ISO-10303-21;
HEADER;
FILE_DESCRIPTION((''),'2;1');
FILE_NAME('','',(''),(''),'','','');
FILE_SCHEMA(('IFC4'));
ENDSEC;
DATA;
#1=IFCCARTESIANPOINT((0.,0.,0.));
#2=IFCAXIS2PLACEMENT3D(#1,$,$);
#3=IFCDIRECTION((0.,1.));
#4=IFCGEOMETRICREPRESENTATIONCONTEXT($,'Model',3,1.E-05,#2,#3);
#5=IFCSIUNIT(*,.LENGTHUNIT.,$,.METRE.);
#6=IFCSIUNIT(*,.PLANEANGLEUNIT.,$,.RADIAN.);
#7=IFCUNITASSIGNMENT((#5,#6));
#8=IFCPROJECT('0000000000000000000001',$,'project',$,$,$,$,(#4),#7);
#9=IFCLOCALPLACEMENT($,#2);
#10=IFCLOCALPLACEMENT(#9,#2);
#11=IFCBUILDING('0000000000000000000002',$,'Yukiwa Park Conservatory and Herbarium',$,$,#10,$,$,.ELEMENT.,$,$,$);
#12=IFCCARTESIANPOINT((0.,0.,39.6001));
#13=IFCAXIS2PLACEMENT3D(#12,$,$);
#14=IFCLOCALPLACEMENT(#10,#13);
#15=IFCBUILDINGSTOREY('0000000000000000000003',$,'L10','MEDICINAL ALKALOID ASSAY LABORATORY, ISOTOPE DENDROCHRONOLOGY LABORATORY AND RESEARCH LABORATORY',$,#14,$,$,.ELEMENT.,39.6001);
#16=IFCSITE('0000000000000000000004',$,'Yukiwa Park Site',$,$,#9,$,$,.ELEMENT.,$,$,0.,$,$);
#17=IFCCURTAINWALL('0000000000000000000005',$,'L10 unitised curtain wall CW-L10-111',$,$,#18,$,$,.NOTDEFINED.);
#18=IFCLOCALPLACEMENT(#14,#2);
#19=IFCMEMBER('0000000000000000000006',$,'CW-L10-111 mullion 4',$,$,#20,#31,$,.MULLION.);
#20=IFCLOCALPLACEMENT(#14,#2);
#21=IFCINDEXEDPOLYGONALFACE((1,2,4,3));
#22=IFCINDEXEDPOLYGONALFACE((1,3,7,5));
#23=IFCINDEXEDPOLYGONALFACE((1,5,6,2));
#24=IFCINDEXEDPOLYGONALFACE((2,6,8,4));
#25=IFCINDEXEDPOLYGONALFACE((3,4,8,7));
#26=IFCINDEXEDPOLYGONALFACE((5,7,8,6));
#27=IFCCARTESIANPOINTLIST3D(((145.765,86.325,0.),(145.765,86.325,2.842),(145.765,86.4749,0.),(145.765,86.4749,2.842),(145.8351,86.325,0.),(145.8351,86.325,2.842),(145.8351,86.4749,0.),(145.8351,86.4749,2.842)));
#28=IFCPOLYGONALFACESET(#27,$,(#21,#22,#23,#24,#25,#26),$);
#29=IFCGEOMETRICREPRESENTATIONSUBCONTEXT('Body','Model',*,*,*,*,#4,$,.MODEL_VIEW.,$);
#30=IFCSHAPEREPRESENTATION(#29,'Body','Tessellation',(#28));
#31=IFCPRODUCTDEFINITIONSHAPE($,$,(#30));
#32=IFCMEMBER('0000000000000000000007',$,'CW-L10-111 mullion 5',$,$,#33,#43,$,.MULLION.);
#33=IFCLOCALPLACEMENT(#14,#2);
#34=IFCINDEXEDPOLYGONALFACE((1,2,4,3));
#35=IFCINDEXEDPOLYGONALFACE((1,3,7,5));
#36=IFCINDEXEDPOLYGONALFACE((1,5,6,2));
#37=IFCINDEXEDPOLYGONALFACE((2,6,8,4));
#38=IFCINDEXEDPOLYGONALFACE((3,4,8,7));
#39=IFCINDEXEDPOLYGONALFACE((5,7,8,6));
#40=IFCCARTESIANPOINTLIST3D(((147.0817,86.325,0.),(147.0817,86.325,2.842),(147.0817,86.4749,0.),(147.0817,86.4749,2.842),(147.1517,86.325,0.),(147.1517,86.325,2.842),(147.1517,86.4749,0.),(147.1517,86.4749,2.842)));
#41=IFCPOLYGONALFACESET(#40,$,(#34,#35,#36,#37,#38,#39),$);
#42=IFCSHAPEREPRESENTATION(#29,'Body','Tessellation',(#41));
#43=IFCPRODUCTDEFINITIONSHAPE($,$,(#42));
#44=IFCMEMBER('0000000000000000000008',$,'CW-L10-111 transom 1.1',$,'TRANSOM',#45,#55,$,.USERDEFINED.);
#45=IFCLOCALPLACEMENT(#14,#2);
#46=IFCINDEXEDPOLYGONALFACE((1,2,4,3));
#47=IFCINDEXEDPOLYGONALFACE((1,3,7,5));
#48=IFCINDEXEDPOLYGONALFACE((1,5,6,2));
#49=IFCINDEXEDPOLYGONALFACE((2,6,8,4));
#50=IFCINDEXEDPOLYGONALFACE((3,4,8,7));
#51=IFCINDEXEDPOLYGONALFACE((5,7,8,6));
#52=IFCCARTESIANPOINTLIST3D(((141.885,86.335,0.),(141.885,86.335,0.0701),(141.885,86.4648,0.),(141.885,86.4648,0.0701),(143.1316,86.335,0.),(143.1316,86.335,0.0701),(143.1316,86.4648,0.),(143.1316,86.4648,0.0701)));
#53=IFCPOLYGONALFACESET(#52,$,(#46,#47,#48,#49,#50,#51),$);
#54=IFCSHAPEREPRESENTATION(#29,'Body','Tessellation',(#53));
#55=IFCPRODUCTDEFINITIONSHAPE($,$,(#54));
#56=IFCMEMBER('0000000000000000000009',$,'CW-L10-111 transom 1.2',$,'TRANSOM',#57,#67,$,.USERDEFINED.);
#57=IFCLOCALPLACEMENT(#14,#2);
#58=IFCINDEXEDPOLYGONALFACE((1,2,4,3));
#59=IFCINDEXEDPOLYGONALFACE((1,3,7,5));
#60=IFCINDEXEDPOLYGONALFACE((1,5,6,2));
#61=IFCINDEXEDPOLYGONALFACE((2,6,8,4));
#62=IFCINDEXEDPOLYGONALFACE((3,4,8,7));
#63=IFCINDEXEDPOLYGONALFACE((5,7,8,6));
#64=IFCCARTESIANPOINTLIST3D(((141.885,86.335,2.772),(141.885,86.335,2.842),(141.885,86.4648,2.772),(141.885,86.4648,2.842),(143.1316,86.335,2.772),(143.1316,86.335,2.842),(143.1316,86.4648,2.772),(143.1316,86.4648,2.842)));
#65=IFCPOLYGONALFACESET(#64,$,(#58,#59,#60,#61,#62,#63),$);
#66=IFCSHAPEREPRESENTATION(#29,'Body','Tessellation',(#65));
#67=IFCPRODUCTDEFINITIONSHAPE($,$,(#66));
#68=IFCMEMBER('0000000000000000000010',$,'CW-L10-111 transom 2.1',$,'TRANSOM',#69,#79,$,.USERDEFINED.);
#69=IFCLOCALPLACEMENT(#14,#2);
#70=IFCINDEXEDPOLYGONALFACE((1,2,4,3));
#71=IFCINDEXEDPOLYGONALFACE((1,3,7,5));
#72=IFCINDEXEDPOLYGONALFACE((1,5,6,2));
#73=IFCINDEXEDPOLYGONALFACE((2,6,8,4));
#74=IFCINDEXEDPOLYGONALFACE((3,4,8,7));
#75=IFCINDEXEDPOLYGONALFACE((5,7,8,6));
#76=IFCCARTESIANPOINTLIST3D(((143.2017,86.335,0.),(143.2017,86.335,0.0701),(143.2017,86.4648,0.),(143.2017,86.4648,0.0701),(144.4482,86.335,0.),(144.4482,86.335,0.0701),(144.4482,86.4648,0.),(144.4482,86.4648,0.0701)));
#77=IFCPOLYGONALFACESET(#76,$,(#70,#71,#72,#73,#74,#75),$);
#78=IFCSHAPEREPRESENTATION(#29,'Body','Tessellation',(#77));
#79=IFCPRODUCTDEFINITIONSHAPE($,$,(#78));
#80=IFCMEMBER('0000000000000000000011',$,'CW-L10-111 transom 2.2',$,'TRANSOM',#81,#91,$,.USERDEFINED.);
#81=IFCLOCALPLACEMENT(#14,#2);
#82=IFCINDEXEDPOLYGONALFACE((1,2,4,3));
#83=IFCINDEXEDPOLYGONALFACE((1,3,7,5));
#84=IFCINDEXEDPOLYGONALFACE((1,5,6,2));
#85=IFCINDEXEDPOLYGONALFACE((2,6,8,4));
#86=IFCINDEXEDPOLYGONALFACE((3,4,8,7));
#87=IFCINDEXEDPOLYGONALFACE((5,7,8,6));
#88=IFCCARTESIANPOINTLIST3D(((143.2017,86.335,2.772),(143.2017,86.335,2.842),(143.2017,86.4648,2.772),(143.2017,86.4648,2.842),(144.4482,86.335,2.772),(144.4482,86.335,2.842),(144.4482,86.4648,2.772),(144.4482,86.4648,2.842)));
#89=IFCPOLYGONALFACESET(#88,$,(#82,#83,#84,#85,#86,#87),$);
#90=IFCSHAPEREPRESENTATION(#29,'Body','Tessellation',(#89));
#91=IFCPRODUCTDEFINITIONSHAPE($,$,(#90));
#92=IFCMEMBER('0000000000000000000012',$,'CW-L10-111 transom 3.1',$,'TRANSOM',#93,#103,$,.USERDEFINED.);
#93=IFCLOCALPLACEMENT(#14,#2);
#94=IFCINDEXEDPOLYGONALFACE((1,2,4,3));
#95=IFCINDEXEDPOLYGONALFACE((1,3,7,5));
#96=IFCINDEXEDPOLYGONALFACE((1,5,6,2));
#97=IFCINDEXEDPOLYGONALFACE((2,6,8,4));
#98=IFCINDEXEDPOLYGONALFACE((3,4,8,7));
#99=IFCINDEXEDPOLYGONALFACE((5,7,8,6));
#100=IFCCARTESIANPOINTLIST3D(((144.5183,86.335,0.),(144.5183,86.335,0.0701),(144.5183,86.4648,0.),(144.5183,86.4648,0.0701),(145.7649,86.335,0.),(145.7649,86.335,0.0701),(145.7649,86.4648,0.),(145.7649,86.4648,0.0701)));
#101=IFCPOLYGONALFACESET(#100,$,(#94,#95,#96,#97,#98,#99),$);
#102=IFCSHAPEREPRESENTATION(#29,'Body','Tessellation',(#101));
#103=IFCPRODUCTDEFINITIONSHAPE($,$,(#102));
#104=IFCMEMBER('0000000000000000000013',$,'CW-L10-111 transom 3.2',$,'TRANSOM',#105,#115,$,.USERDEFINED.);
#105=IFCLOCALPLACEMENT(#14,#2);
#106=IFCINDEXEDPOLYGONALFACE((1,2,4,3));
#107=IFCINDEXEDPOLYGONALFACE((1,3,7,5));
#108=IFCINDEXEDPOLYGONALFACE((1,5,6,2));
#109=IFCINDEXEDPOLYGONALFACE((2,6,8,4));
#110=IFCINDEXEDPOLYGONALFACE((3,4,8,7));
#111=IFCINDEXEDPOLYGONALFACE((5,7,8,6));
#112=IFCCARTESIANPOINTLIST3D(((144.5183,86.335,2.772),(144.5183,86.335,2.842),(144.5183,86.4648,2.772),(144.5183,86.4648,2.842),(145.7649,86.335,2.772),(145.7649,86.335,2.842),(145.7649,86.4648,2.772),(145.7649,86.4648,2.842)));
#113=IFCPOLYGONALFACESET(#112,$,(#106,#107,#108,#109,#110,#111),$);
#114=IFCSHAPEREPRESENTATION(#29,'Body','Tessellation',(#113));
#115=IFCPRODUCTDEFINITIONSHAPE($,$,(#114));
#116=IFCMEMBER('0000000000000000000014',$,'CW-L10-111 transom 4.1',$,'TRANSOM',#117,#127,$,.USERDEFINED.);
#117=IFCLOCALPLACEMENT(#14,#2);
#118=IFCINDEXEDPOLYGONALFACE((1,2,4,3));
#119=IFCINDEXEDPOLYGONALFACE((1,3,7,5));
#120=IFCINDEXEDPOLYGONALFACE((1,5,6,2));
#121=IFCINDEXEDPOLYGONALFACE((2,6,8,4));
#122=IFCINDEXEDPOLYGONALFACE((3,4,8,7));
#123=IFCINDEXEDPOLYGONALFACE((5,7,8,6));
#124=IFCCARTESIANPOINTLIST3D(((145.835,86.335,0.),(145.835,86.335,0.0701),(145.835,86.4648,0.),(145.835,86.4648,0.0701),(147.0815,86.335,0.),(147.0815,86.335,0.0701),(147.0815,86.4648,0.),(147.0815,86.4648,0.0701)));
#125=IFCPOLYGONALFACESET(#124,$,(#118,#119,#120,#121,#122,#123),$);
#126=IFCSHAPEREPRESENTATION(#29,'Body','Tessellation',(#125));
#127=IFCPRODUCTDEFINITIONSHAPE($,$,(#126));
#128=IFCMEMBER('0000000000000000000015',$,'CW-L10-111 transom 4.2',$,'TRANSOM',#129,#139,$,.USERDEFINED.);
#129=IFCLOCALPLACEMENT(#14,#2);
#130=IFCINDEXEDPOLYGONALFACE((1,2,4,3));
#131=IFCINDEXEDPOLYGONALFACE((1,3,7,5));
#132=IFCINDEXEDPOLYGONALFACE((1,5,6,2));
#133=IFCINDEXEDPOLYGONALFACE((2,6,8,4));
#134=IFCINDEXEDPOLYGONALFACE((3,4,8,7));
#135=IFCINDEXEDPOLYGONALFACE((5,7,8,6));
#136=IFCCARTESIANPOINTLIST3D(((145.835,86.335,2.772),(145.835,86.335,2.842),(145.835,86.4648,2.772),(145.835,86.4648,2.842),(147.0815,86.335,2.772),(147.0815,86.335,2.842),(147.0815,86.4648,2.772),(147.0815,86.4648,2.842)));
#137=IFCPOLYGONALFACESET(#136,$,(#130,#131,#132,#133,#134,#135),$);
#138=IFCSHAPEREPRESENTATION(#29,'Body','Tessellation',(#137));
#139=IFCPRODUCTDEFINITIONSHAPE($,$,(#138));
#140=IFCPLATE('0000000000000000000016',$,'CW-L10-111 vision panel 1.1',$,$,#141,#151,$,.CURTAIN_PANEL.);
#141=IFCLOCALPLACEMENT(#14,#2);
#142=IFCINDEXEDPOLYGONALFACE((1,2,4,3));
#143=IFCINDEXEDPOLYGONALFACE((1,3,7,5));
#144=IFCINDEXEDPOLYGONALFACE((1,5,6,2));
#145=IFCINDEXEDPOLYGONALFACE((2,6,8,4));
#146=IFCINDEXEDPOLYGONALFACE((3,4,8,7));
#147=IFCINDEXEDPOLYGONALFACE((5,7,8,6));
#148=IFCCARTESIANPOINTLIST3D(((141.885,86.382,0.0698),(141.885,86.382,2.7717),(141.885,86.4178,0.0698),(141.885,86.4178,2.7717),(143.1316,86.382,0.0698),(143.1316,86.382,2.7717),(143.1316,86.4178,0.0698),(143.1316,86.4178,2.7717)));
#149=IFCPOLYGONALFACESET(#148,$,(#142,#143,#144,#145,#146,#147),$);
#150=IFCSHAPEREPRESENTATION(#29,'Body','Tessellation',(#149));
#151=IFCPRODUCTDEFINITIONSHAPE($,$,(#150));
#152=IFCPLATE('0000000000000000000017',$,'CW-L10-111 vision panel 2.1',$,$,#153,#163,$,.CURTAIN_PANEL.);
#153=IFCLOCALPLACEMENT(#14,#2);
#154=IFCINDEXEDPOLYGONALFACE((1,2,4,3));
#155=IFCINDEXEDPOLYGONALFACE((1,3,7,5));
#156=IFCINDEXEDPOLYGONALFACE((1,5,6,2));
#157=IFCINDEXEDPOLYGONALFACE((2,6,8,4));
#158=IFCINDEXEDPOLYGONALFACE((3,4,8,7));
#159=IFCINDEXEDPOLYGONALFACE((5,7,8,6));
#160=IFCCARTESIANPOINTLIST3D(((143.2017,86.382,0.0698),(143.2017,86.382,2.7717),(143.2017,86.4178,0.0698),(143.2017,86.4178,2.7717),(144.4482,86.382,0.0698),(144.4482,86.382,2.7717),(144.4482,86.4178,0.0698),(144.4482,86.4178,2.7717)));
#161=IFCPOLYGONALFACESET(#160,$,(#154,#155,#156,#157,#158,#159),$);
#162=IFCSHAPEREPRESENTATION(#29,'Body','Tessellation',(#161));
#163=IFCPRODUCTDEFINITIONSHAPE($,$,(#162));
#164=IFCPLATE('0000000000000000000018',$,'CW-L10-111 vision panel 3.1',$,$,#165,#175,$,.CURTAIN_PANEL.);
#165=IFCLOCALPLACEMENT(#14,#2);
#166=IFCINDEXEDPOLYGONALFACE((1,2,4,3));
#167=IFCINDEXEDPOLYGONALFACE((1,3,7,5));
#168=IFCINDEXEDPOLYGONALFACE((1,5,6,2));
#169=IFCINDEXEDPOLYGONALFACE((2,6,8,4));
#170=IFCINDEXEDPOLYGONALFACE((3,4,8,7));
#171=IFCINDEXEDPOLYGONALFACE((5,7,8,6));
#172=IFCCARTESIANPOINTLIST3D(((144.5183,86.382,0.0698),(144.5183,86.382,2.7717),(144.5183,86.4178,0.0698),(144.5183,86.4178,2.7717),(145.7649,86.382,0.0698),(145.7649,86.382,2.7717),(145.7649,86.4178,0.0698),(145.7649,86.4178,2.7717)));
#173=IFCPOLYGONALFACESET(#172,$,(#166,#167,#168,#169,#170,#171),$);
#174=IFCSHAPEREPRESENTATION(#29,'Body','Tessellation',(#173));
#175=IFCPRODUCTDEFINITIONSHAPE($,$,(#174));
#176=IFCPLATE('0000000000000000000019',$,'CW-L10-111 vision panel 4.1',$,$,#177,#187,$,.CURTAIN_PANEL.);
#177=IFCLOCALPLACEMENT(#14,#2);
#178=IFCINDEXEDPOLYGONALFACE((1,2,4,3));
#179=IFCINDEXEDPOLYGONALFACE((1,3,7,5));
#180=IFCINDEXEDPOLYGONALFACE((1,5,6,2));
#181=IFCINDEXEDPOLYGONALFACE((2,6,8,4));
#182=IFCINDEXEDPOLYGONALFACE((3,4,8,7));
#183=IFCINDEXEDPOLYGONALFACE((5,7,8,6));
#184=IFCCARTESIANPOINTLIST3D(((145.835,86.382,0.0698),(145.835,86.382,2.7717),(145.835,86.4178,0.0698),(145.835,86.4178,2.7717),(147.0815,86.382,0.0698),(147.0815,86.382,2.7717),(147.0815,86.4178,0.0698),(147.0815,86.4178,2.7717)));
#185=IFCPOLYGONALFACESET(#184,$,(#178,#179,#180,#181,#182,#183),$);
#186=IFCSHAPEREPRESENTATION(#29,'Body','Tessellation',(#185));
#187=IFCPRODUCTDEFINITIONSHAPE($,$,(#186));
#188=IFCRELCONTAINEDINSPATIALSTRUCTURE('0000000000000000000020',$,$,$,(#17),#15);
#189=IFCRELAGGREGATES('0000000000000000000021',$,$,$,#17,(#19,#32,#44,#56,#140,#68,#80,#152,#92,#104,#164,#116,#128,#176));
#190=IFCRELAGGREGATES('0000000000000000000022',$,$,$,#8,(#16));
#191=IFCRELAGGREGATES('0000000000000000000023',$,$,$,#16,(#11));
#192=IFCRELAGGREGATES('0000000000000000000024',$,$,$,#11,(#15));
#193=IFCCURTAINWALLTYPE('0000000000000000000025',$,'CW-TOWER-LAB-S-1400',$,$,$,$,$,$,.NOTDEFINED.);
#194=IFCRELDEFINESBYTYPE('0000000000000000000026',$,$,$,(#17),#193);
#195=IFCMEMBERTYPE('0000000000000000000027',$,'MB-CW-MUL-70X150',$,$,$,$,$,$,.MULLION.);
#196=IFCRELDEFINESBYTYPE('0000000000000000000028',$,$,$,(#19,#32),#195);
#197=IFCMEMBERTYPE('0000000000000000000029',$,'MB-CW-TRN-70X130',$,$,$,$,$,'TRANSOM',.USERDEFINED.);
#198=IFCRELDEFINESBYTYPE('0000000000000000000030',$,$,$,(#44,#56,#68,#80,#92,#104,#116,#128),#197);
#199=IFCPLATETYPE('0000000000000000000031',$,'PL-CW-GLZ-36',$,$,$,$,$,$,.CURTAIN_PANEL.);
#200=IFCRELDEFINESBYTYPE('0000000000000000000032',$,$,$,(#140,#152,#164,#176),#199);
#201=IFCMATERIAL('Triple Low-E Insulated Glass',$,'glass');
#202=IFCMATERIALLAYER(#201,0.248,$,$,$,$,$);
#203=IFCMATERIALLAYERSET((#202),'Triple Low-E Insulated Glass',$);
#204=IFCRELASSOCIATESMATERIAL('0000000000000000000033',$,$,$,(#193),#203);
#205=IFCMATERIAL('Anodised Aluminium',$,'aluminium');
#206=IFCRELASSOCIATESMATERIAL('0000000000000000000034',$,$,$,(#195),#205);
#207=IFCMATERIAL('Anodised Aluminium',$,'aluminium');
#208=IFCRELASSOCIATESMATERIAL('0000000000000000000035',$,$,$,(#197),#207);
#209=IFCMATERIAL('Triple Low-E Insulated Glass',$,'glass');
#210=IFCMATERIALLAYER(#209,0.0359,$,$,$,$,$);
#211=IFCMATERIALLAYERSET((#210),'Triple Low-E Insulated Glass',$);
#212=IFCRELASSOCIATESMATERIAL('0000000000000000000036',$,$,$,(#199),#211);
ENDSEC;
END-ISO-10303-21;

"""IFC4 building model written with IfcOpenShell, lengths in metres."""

from ifc_helpers import new_model, si_unit, direction, frame, origin, origin_2d, place, context, subcontext, project, spatial, rectangle, extrude, material, layer, layer_set, type_object, element, aggregate, save


model = new_model("IFC4")

# Units and contexts
model_context = context("Model", 3, precision=1e-05, world=origin(), true_north=direction((0.0, 1.0)))
body_context = subcontext(model_context, "Body", "Model", "MODEL_VIEW")
ifc_project = project(units=[si_unit("LENGTHUNIT", "METRE"), si_unit("PLANEANGLEUNIT", "RADIAN")], contexts=[model_context])

# Site, building, storey
site_placement = place(None, origin())
site = spatial("IfcSite", under=ifc_project, at=site_placement, Name="Yukiwa Park Site", CompositionType="ELEMENT", RefElevation=0.0)
building_placement = place(site_placement, origin())
building = spatial("IfcBuilding", under=site, at=building_placement, Name="Yukiwa Park Conservatory and Herbarium", CompositionType="ELEMENT")
storey_placement = place(building_placement, frame((0.0, 0.0, 39.6001)))
storey = spatial("IfcBuildingStorey", under=building, at=storey_placement, Name="L10", Description="MEDICINAL ALKALOID ASSAY LABORATORY, ISOTOPE DENDROCHRONOLOGY LABORATORY AND RESEARCH LABORATORY", CompositionType="ELEMENT", Elevation=39.6001)

# Curtain wall, members, plates
ifc_material_1 = material(Name="Triple Low-E Insulated Glass", Category="glass")
ifc_layer_1 = layer(ifc_material_1, 0.248)
ifc_layer_set_1 = layer_set([ifc_layer_1], Name="Triple Low-E Insulated Glass")
curtain_wall_type = type_object("IfcCurtainWallType", Name="CW-TOWER-LAB-S-1400", PredefinedType="NOTDEFINED", material=ifc_layer_set_1)
curtain_wall_placement = place(storey_placement, origin())
curtain_wall = element("IfcCurtainWall", 1, at=curtain_wall_placement, inside=storey, type_object=curtain_wall_type, Name="L10 unitised curtain wall CW-L10-111", PredefinedType="NOTDEFINED")
ifc_material_2 = material(Name="Anodised Aluminium", Category="aluminium")
member_type_1 = type_object("IfcMemberType", Name="MB-CW-MUL-70X150", PredefinedType="MULLION", material=ifc_material_2)
member_1_placement = place(storey_placement, frame((145.8, 86.3999, 0.0), z_axis=(0.0, 0.0, 1.0), x_axis=(1.0, 0.0, 0.0)))
member_1 = element("IfcMember", 2, at=member_1_placement, type_object=member_type_1, Name="CW-L10-111 mullion 4", PredefinedType="MULLION", context=body_context, shape_type="SweptSolid", body=[
    extrude(rectangle(XDim=0.0701, YDim=0.1499, at=origin_2d()), origin(), (0.0, 0.0, 1.0), 2.842),
])
member_2_placement = place(storey_placement, frame((147.1167, 86.3999, 0.0), z_axis=(0.0, 0.0, 1.0), x_axis=(1.0, 0.0, 0.0)))
member_2 = element("IfcMember", 3, at=member_2_placement, type_object=member_type_1, Name="CW-L10-111 mullion 5", PredefinedType="MULLION", context=body_context, shape_type="SweptSolid", body=[
    extrude(rectangle(XDim=0.0701, YDim=0.1499, at=origin_2d()), origin(), (0.0, 0.0, 1.0), 2.842),
])
ifc_material_3 = material(Name="Anodised Aluminium", Category="aluminium")
member_type_2 = type_object("IfcMemberType", Name="MB-CW-TRN-70X130", ElementType="TRANSOM", PredefinedType="USERDEFINED", material=ifc_material_3)
member_3_placement = place(storey_placement, frame((142.5083, 86.3999, 0.0), z_axis=(0.0, 0.0, 1.0), x_axis=(1.0, 0.0, 0.0)))
member_3 = element("IfcMember", 4, at=member_3_placement, type_object=member_type_2, Name="CW-L10-111 transom 1.1", ObjectType="TRANSOM", PredefinedType="USERDEFINED", context=body_context, shape_type="SweptSolid", body=[
    extrude(rectangle(XDim=1.2466, YDim=0.1299, at=origin_2d()), origin(), (0.0, 0.0, 1.0), 0.0701),
])
member_4_placement = place(storey_placement, frame((142.5083, 86.3999, 2.772), z_axis=(0.0, 0.0, 1.0), x_axis=(1.0, 0.0, 0.0)))
member_4 = element("IfcMember", 5, at=member_4_placement, type_object=member_type_2, Name="CW-L10-111 transom 1.2", ObjectType="TRANSOM", PredefinedType="USERDEFINED", context=body_context, shape_type="SweptSolid", body=[
    extrude(rectangle(XDim=1.2466, YDim=0.1299, at=origin_2d()), origin(), (0.0, 0.0, 1.0), 0.0701),
])
member_5_placement = place(storey_placement, frame((143.825, 86.3999, 0.0), z_axis=(0.0, 0.0, 1.0), x_axis=(1.0, 0.0, 0.0)))
member_5 = element("IfcMember", 6, at=member_5_placement, type_object=member_type_2, Name="CW-L10-111 transom 2.1", ObjectType="TRANSOM", PredefinedType="USERDEFINED", context=body_context, shape_type="SweptSolid", body=[
    extrude(rectangle(XDim=1.2466, YDim=0.1299, at=origin_2d()), origin(), (0.0, 0.0, 1.0), 0.0701),
])
member_6_placement = place(storey_placement, frame((143.825, 86.3999, 2.772), z_axis=(0.0, 0.0, 1.0), x_axis=(1.0, 0.0, 0.0)))
member_6 = element("IfcMember", 7, at=member_6_placement, type_object=member_type_2, Name="CW-L10-111 transom 2.2", ObjectType="TRANSOM", PredefinedType="USERDEFINED", context=body_context, shape_type="SweptSolid", body=[
    extrude(rectangle(XDim=1.2466, YDim=0.1299, at=origin_2d()), origin(), (0.0, 0.0, 1.0), 0.0701),
])
member_7_placement = place(storey_placement, frame((145.1416, 86.3999, 0.0), z_axis=(0.0, 0.0, 1.0), x_axis=(1.0, 0.0, 0.0)))
member_7 = element("IfcMember", 8, at=member_7_placement, type_object=member_type_2, Name="CW-L10-111 transom 3.1", ObjectType="TRANSOM", PredefinedType="USERDEFINED", context=body_context, shape_type="SweptSolid", body=[
    extrude(rectangle(XDim=1.2466, YDim=0.1299, at=origin_2d()), origin(), (0.0, 0.0, 1.0), 0.0701),
])
member_8_placement = place(storey_placement, frame((145.1416, 86.3999, 2.772), z_axis=(0.0, 0.0, 1.0), x_axis=(1.0, 0.0, 0.0)))
member_8 = element("IfcMember", 9, at=member_8_placement, type_object=member_type_2, Name="CW-L10-111 transom 3.2", ObjectType="TRANSOM", PredefinedType="USERDEFINED", context=body_context, shape_type="SweptSolid", body=[
    extrude(rectangle(XDim=1.2466, YDim=0.1299, at=origin_2d()), origin(), (0.0, 0.0, 1.0), 0.0701),
])
member_9_placement = place(storey_placement, frame((146.4583, 86.3999, 0.0), z_axis=(0.0, 0.0, 1.0), x_axis=(1.0, 0.0, 0.0)))
member_9 = element("IfcMember", 10, at=member_9_placement, type_object=member_type_2, Name="CW-L10-111 transom 4.1", ObjectType="TRANSOM", PredefinedType="USERDEFINED", context=body_context, shape_type="SweptSolid", body=[
    extrude(rectangle(XDim=1.2466, YDim=0.1299, at=origin_2d()), origin(), (0.0, 0.0, 1.0), 0.0701),
])
member_10_placement = place(storey_placement, frame((146.4583, 86.3999, 2.772), z_axis=(0.0, 0.0, 1.0), x_axis=(1.0, 0.0, 0.0)))
member_10 = element("IfcMember", 11, at=member_10_placement, type_object=member_type_2, Name="CW-L10-111 transom 4.2", ObjectType="TRANSOM", PredefinedType="USERDEFINED", context=body_context, shape_type="SweptSolid", body=[
    extrude(rectangle(XDim=1.2466, YDim=0.1299, at=origin_2d()), origin(), (0.0, 0.0, 1.0), 0.0701),
])
ifc_material_4 = material(Name="Triple Low-E Insulated Glass", Category="glass")
ifc_layer_2 = layer(ifc_material_4, 0.0359)
ifc_layer_set_2 = layer_set([ifc_layer_2], Name="Triple Low-E Insulated Glass")
plate_type_1 = type_object("IfcPlateType", Name="PL-CW-GLZ-36", PredefinedType="CURTAIN_PANEL", material=ifc_layer_set_2)
plate_1_placement = place(storey_placement, frame((142.5083, 86.3999, 0.0698), z_axis=(0.0, 0.0, 1.0), x_axis=(1.0, 0.0, 0.0)))
plate_1 = element("IfcPlate", 12, at=plate_1_placement, type_object=plate_type_1, Name="CW-L10-111 vision panel 1.1", PredefinedType="CURTAIN_PANEL", context=body_context, shape_type="SweptSolid", body=[
    extrude(rectangle(XDim=1.2466, YDim=0.0359, at=origin_2d()), origin(), (0.0, 0.0, 1.0), 2.7019),
])
plate_2_placement = place(storey_placement, frame((143.825, 86.3999, 0.0698), z_axis=(0.0, 0.0, 1.0), x_axis=(1.0, 0.0, 0.0)))
plate_2 = element("IfcPlate", 13, at=plate_2_placement, type_object=plate_type_1, Name="CW-L10-111 vision panel 2.1", PredefinedType="CURTAIN_PANEL", context=body_context, shape_type="SweptSolid", body=[
    extrude(rectangle(XDim=1.2466, YDim=0.0359, at=origin_2d()), origin(), (0.0, 0.0, 1.0), 2.7019),
])
plate_3_placement = place(storey_placement, frame((145.1416, 86.3999, 0.0698), z_axis=(0.0, 0.0, 1.0), x_axis=(1.0, 0.0, 0.0)))
plate_3 = element("IfcPlate", 14, at=plate_3_placement, type_object=plate_type_1, Name="CW-L10-111 vision panel 3.1", PredefinedType="CURTAIN_PANEL", context=body_context, shape_type="SweptSolid", body=[
    extrude(rectangle(XDim=1.2466, YDim=0.0359, at=origin_2d()), origin(), (0.0, 0.0, 1.0), 2.7019),
])
plate_4_placement = place(storey_placement, frame((146.4583, 86.3999, 0.0698), z_axis=(0.0, 0.0, 1.0), x_axis=(1.0, 0.0, 0.0)))
plate_4 = element("IfcPlate", 15, at=plate_4_placement, type_object=plate_type_1, Name="CW-L10-111 vision panel 4.1", PredefinedType="CURTAIN_PANEL", context=body_context, shape_type="SweptSolid", body=[
    extrude(rectangle(XDim=1.2466, YDim=0.0359, at=origin_2d()), origin(), (0.0, 0.0, 1.0), 2.7019),
])
aggregate(curtain_wall, [member_1, member_2, member_3, member_4, plate_1, member_5, member_6, plate_2, member_7, member_8, plate_3, member_9, member_10, plate_4])

save(model, "model.ifc")
